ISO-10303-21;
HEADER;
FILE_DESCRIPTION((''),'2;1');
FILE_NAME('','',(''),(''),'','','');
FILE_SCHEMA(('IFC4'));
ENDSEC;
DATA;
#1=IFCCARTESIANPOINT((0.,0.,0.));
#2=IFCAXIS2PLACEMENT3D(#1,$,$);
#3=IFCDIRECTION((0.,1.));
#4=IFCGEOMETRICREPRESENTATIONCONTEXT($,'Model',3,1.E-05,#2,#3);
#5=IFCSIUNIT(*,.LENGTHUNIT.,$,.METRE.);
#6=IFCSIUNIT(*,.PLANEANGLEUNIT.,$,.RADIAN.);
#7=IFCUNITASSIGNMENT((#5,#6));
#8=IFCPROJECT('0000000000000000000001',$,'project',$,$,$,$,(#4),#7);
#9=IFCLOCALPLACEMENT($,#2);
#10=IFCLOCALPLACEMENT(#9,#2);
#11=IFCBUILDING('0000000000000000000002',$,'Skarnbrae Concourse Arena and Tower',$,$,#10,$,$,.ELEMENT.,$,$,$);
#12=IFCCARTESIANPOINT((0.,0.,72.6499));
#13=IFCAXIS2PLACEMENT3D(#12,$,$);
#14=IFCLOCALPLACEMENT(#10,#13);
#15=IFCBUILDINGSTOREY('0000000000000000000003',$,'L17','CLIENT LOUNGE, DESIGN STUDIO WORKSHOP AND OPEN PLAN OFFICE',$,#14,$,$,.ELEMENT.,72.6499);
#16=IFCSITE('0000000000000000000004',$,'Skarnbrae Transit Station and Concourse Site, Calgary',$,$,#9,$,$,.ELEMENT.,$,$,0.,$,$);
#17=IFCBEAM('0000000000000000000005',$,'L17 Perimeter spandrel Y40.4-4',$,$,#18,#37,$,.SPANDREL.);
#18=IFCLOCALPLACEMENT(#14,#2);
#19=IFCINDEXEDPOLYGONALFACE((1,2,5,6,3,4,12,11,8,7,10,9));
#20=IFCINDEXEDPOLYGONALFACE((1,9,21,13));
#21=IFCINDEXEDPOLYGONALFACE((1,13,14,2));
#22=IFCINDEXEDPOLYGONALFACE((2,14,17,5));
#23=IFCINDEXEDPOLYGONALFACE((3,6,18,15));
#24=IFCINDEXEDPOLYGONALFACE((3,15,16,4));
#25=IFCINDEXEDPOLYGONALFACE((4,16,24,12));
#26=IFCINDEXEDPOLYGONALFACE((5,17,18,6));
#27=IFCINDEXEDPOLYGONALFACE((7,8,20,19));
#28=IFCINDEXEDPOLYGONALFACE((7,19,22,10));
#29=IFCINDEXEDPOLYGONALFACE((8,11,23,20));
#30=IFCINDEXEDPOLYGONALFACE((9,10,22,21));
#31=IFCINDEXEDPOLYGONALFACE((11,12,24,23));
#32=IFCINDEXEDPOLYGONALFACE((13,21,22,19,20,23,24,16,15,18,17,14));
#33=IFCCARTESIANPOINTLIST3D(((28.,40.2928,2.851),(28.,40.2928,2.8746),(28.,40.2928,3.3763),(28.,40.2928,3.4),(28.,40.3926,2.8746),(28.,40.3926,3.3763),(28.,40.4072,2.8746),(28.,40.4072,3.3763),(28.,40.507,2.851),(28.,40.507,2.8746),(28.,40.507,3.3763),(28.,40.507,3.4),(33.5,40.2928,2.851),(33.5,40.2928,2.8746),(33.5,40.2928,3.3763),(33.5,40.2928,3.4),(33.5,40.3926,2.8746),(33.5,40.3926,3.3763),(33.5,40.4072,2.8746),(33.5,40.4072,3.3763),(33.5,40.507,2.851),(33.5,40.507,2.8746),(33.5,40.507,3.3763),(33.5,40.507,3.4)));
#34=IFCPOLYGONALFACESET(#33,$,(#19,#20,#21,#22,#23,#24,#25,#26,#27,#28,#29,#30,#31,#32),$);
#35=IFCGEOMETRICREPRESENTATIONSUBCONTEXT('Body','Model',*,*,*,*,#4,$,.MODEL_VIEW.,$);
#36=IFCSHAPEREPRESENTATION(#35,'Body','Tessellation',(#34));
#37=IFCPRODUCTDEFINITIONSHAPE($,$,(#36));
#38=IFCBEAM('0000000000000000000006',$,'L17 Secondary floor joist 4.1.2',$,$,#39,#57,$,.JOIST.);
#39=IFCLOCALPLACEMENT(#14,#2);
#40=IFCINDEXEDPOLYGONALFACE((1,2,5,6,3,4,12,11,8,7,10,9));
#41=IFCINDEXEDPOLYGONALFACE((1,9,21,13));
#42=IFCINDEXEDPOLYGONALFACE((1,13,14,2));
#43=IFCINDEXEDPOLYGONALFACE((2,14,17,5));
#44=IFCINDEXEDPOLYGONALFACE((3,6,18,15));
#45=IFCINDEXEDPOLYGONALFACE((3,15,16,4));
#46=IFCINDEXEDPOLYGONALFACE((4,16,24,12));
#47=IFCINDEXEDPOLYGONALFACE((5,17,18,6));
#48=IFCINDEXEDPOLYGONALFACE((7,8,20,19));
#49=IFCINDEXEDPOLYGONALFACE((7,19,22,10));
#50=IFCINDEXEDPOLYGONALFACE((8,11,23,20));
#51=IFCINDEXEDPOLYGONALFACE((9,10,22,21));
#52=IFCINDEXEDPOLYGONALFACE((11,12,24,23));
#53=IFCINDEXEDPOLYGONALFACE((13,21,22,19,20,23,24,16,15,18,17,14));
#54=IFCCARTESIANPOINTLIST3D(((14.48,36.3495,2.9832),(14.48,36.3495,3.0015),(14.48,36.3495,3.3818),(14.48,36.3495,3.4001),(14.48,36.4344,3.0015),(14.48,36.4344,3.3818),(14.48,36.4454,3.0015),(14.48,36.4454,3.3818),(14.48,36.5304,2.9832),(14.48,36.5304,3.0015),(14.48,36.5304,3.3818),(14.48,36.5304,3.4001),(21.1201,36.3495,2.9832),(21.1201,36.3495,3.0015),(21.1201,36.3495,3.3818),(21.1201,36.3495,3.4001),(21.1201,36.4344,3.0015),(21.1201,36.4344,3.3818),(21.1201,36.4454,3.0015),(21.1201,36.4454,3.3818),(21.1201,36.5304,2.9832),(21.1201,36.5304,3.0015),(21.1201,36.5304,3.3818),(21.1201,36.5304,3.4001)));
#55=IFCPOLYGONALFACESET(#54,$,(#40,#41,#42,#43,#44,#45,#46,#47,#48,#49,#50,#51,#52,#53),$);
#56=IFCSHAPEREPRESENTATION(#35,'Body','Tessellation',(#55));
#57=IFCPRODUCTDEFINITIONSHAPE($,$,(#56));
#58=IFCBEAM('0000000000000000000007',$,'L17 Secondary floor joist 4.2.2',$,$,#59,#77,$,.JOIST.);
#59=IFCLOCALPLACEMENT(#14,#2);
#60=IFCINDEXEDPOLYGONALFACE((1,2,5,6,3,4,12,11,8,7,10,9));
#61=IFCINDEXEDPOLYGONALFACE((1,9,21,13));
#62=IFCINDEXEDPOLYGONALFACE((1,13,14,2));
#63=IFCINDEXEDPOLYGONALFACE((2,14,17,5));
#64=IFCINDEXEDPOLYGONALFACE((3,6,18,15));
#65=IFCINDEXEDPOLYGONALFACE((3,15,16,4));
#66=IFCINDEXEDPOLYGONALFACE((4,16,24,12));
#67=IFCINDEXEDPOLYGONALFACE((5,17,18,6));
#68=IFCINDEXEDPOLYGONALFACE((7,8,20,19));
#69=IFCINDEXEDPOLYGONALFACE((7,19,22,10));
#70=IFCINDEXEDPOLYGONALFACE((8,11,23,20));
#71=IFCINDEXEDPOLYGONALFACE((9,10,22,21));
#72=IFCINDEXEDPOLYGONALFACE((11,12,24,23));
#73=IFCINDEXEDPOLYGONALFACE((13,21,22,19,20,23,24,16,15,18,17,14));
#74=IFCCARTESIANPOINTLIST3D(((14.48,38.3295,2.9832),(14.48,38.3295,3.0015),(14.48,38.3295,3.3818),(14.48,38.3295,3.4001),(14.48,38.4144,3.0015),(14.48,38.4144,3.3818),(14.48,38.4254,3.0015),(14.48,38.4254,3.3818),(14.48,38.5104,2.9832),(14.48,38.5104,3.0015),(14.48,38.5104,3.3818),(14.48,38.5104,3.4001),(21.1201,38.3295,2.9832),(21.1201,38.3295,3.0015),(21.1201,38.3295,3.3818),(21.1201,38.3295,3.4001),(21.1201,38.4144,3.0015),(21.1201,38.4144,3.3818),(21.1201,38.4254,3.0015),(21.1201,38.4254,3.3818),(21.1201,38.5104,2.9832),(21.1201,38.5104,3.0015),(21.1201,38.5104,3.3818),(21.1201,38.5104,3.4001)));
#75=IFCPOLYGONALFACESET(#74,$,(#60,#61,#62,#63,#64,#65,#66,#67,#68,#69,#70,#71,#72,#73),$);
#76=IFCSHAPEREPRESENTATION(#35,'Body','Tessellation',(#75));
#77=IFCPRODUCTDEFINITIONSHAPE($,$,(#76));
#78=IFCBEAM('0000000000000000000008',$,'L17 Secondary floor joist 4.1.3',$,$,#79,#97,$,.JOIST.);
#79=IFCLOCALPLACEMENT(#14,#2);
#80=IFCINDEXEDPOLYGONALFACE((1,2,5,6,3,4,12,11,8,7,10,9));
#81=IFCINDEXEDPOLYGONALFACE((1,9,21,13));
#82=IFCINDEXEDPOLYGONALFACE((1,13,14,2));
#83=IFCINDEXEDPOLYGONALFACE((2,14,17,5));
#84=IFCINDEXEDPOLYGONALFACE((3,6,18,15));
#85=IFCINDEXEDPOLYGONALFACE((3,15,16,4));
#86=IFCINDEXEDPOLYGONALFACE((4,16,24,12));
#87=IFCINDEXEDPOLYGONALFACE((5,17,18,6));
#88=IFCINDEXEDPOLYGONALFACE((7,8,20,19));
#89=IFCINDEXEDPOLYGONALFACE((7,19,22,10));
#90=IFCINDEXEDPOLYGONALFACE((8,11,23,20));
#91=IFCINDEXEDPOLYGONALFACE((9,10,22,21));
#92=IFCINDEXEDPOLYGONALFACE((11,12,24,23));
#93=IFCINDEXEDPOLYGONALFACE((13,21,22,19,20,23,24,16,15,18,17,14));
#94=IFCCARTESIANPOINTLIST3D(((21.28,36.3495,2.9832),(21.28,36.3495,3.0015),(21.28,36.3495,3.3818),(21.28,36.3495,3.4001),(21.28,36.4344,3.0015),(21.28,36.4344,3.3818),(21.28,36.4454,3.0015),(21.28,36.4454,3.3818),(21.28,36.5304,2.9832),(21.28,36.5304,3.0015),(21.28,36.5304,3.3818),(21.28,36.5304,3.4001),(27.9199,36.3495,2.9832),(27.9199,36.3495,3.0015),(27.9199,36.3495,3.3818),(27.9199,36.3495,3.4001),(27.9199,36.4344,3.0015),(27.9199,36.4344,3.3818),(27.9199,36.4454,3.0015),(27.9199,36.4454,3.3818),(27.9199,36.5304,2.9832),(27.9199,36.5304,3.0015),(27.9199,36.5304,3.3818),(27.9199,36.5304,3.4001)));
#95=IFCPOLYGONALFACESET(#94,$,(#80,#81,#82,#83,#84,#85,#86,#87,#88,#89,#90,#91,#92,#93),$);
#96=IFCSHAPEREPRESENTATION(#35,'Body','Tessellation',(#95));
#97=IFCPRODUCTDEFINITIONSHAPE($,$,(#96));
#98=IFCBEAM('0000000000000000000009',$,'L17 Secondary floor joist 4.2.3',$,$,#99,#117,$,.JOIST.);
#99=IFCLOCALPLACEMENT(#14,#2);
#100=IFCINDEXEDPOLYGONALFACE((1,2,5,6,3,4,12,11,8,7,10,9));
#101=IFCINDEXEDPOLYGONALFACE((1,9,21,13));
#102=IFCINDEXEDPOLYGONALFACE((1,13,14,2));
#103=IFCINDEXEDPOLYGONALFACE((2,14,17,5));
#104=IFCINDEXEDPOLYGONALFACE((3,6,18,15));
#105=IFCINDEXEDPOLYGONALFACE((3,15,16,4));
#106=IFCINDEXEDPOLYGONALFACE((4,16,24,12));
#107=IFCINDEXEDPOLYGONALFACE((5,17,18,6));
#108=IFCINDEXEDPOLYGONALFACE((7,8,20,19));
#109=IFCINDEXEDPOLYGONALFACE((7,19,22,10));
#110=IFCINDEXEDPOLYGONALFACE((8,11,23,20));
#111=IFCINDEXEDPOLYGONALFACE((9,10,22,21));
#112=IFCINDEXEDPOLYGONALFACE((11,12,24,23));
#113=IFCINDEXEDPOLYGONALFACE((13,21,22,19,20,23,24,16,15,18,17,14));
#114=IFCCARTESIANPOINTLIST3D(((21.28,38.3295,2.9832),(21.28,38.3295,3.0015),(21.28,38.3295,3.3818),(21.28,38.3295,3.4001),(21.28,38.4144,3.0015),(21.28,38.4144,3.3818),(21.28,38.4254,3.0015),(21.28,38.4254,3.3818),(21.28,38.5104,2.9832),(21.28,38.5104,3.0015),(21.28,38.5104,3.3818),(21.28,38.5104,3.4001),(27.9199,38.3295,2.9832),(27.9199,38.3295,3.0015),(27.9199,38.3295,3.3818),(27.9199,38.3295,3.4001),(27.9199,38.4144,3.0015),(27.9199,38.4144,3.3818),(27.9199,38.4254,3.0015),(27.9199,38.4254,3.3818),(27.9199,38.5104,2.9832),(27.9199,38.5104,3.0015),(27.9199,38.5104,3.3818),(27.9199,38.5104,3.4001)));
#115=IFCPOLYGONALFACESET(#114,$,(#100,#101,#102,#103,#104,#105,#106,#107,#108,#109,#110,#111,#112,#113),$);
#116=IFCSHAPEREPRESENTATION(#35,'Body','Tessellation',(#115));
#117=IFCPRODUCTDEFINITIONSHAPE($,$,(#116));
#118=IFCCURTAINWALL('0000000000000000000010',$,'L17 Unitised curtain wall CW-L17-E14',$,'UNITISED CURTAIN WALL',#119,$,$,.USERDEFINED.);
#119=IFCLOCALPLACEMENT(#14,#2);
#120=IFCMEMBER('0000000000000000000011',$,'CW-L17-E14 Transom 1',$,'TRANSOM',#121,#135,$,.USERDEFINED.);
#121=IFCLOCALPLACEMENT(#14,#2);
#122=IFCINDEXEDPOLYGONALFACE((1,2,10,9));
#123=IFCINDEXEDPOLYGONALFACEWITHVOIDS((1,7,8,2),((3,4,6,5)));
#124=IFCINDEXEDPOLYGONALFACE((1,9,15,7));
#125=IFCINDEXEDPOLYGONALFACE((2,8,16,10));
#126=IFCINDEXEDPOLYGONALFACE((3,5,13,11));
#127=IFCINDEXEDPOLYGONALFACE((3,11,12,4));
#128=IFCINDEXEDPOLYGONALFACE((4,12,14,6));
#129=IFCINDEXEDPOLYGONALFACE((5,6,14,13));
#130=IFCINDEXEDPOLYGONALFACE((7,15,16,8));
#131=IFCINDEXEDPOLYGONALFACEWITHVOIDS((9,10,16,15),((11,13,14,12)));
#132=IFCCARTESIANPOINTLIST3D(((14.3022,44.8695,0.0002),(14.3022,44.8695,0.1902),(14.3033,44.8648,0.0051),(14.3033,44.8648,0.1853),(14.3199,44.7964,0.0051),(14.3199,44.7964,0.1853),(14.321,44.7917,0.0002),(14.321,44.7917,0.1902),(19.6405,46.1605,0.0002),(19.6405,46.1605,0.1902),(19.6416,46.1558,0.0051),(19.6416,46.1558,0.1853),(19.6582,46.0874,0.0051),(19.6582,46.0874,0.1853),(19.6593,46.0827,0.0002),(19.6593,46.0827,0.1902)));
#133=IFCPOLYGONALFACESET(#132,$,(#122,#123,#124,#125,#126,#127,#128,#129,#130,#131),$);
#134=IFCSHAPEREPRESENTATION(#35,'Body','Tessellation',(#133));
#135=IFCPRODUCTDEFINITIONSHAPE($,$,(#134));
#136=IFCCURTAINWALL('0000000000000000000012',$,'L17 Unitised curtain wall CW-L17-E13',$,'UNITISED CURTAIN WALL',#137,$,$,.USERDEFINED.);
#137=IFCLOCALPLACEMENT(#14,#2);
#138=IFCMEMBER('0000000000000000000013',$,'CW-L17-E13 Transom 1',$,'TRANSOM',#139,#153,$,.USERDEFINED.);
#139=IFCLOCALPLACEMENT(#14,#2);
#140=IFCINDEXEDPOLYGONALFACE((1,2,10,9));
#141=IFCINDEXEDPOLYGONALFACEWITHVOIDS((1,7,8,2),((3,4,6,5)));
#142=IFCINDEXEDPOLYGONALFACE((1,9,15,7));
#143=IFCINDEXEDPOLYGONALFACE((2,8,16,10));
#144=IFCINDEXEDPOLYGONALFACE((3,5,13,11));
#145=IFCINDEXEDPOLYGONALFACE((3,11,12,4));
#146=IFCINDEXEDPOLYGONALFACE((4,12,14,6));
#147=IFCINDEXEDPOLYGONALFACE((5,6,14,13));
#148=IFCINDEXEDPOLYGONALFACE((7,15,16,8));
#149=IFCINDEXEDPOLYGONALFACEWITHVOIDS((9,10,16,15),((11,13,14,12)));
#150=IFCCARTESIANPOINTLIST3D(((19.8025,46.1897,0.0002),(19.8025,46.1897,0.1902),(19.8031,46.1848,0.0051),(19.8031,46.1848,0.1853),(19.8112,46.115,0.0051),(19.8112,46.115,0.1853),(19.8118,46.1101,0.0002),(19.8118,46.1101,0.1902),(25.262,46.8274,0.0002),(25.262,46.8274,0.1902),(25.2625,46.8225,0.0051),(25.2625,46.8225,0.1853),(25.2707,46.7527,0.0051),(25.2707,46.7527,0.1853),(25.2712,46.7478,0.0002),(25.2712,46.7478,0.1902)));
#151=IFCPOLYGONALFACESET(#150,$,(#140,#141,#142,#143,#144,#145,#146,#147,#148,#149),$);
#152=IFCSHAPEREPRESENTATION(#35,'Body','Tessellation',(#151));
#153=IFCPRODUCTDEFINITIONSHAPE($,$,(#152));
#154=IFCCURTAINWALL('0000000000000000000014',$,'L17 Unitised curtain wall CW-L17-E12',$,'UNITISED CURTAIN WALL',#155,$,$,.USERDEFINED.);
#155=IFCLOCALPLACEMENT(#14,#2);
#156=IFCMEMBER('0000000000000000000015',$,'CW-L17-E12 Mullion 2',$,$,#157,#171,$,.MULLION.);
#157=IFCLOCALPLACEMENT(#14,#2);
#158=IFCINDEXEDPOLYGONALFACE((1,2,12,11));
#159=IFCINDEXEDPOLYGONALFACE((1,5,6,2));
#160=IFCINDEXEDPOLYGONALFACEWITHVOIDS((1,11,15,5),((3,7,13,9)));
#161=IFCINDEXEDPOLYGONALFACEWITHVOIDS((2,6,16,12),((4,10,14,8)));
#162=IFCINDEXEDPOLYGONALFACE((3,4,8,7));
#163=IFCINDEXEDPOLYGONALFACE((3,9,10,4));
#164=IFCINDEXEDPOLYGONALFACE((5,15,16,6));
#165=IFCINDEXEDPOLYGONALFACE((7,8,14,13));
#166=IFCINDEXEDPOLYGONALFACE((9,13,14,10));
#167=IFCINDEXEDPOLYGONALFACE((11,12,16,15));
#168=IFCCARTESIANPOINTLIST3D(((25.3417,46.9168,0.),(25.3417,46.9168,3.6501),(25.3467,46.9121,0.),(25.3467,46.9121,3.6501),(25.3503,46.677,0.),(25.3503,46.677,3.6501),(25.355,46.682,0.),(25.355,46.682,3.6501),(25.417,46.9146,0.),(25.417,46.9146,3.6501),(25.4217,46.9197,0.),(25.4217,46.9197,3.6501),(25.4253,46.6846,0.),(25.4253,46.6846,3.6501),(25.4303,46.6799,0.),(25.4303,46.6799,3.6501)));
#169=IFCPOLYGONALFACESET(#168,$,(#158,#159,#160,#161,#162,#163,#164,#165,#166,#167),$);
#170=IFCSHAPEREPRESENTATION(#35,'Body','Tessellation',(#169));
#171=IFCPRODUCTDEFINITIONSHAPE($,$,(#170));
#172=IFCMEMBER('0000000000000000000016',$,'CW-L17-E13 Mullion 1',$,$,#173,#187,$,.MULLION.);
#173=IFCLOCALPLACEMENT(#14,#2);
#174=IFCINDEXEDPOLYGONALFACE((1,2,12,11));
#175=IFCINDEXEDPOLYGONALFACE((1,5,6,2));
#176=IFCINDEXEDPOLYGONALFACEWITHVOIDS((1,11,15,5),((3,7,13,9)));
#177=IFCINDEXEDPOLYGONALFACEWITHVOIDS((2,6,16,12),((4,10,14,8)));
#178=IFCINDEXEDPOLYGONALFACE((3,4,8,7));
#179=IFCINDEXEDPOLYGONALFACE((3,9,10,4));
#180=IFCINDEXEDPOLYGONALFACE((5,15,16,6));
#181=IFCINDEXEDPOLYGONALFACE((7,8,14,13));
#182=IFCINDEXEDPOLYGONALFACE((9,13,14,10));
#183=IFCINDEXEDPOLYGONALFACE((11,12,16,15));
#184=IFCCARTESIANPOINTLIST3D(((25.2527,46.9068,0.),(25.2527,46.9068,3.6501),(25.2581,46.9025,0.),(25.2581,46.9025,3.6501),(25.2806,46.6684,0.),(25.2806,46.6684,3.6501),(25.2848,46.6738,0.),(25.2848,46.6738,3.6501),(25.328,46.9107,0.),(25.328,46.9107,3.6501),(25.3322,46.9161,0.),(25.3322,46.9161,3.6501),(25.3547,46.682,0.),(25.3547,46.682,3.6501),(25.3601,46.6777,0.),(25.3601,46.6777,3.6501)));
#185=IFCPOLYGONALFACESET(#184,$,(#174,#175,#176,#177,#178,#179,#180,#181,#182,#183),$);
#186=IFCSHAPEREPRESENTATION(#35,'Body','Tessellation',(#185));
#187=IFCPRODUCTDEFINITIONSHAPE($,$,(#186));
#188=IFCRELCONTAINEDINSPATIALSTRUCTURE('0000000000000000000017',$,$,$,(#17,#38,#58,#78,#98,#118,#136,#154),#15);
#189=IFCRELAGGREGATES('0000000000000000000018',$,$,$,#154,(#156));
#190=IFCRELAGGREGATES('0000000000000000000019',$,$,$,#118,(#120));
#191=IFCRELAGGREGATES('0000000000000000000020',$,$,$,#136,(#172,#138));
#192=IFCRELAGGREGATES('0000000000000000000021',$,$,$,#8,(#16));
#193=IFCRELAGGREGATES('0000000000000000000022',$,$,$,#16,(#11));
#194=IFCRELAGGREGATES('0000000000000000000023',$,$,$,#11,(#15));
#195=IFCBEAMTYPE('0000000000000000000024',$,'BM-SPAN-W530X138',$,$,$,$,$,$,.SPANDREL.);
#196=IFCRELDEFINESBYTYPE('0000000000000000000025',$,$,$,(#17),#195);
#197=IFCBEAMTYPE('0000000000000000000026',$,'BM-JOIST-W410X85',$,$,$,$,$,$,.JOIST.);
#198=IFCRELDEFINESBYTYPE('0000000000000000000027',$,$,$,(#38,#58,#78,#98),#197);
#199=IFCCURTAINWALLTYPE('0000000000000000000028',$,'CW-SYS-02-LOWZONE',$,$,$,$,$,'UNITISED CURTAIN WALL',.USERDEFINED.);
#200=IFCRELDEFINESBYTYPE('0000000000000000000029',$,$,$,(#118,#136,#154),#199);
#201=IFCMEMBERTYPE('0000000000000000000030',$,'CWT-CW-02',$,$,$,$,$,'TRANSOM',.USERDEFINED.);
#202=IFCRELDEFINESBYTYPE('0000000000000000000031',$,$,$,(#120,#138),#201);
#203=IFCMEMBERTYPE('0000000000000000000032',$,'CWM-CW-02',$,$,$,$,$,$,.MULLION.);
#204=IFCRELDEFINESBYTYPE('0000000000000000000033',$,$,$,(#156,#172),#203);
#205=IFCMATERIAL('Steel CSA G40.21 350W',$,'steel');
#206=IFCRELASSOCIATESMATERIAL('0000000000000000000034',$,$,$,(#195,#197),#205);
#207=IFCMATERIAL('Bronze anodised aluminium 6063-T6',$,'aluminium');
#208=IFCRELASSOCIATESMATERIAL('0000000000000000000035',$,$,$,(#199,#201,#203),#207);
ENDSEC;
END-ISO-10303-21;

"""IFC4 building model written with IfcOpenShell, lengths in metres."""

from ifc_helpers import new_model, si_unit, direction, frame, origin, origin_2d, place, context, subcontext, project, spatial, hollow_rectangle, i_section, extrude, source, transform, mapped, material, material_profile, profile_set, type_object, element, aggregate, save


model = new_model("IFC4")

# Units and contexts
model_context = context("Model", 3, precision=1e-05, world=origin(), true_north=direction((0.0, 1.0)))
body_context = subcontext(model_context, "Body", "Model", "MODEL_VIEW")
ifc_project = project(units=[si_unit("LENGTHUNIT", "METRE"), si_unit("PLANEANGLEUNIT", "RADIAN")], contexts=[model_context])

# Site, building, storey
site_placement = place(None, origin())
site = spatial("IfcSite", under=ifc_project, at=site_placement, Name="Skarnbrae Transit Station and Concourse Site, Calgary", CompositionType="ELEMENT", RefElevation=0.0)
building_placement = place(site_placement, origin())
building = spatial("IfcBuilding", under=site, at=building_placement, Name="Skarnbrae Concourse Arena and Tower", CompositionType="ELEMENT")
storey_placement = place(building_placement, frame((0.0, 0.0, 72.6499)))
storey = spatial("IfcBuildingStorey", under=building, at=storey_placement, Name="L17", Description="CLIENT LOUNGE, DESIGN STUDIO WORKSHOP AND OPEN PLAN OFFICE", CompositionType="ELEMENT", Elevation=72.6499)

# Shared definitions
ifc_material_1 = material(Name="Steel CSA G40.21 350W", Category="steel")

# Beams
ifc_material_profile_1 = material_profile(ifc_material_1, i_section(OverallWidth=0.2141, OverallDepth=0.5491, WebThickness=0.0146, FlangeThickness=0.0237, at=origin_2d()), Name="W530X138")
ifc_profile_set_1 = profile_set([ifc_material_profile_1], Name="Steel CSA G40.21 350W")
beam_type_1 = type_object("IfcBeamType", Name="BM-SPAN-W530X138", PredefinedType="SPANDREL", material=ifc_profile_set_1)
shared_shape_1 = source(origin(), body_context, "Body", "SweptSolid", [
    extrude(i_section(OverallWidth=0.2141, OverallDepth=0.5491, WebThickness=0.0146, FlangeThickness=0.0237, at=origin_2d()), origin(), (0.0, 0.0, 1.0), 5.5),
])
beam_1_placement = place(storey_placement, frame((28.0, 40.3999, 3.1255), z_axis=(1.0, 0.0, 0.0), x_axis=(0.0, 1.0, 0.0)))
element("IfcBeam", 1, at=beam_1_placement, inside=storey, type_object=beam_type_1, Name="L17 Perimeter spandrel Y40.4-4", PredefinedType="SPANDREL", context=body_context, shape_type="MappedRepresentation", body=[
    mapped(shared_shape_1, transform((0.0, 0.0, 0.0))),
])
ifc_material_profile_2 = material_profile(ifc_material_1, i_section(OverallWidth=0.1809, OverallDepth=0.417, WebThickness=0.011, FlangeThickness=0.0183, at=origin_2d()), Name="W410X85")
ifc_profile_set_2 = profile_set([ifc_material_profile_2], Name="Steel CSA G40.21 350W")
beam_type_2 = type_object("IfcBeamType", Name="BM-JOIST-W410X85", PredefinedType="JOIST", material=ifc_profile_set_2)
shared_shape_2 = source(origin(), body_context, "Body", "SweptSolid", [
    extrude(i_section(OverallWidth=0.1809, OverallDepth=0.417, WebThickness=0.011, FlangeThickness=0.0183, at=origin_2d()), origin(), (0.0, 0.0, 1.0), 6.6401),
])
for number, where, z_axis, x_axis, name in (
    (2, (14.48, 36.4399, 3.1917), (1.0, 0.0, 0.0), (0.0, 1.0, 0.0), "L17 Secondary floor joist 4.1.2"),
    (3, (14.48, 38.4199, 3.1917), (1.0, 0.0, 0.0), (0.0, 1.0, 0.0), "L17 Secondary floor joist 4.2.2"),
):
    element("IfcBeam", number, at=place(storey_placement, frame(where, z_axis=z_axis, x_axis=x_axis)), inside=storey, type_object=beam_type_2, Name=name, PredefinedType="JOIST", context=body_context, shape_type="MappedRepresentation", body=[
        mapped(shared_shape_2, transform((0.0, 0.0, 0.0))),
    ])
shared_shape_3 = source(origin(), body_context, "Body", "SweptSolid", [
    extrude(i_section(OverallWidth=0.1809, OverallDepth=0.417, WebThickness=0.011, FlangeThickness=0.0183, at=origin_2d()), origin(), (0.0, 0.0, 1.0), 6.6399),
])
for number, where, z_axis, x_axis, name in (
    (4, (21.28, 36.4399, 3.1917), (1.0, 0.0, 0.0), (0.0, 1.0, 0.0), "L17 Secondary floor joist 4.1.3"),
    (5, (21.28, 38.4199, 3.1917), (1.0, 0.0, 0.0), (0.0, 1.0, 0.0), "L17 Secondary floor joist 4.2.3"),
):
    element("IfcBeam", number, at=place(storey_placement, frame(where, z_axis=z_axis, x_axis=x_axis)), inside=storey, type_object=beam_type_2, Name=name, PredefinedType="JOIST", context=body_context, shape_type="MappedRepresentation", body=[
        mapped(shared_shape_3, transform((0.0, 0.0, 0.0))),
    ])

# Curtain walls, members
ifc_material_2 = material(Name="Bronze anodised aluminium 6063-T6", Category="aluminium")
curtain_wall_type = type_object("IfcCurtainWallType", Name="CW-SYS-02-LOWZONE", ElementType="UNITISED CURTAIN WALL", PredefinedType="USERDEFINED", material=ifc_material_2)
curtain_wall_1_placement = place(storey_placement, origin())
curtain_wall_1 = element("IfcCurtainWall", 6, at=curtain_wall_1_placement, inside=storey, type_object=curtain_wall_type, Name="L17 Unitised curtain wall CW-L17-E14", ObjectType="UNITISED CURTAIN WALL", PredefinedType="USERDEFINED")
ifc_material_profile_3 = material_profile(ifc_material_2, hollow_rectangle(XDim=0.0801, YDim=0.1899, WallThickness=0.0049, at=origin_2d()), Name="ALU-TRAN-80X190")
ifc_profile_set_3 = profile_set([ifc_material_profile_3], Name="Bronze anodised aluminium 6063-T6")
member_type_1 = type_object("IfcMemberType", Name="CWT-CW-02", ElementType="TRANSOM", PredefinedType="USERDEFINED", material=ifc_profile_set_3)
shared_shape_4 = source(origin(), body_context, "Body", "SweptSolid", [
    extrude(hollow_rectangle(XDim=0.0801, YDim=0.1899, WallThickness=0.0049, at=origin_2d()), origin(), (0.0, 0.0, 1.0), 5.4922),
])
member_1_placement = place(storey_placement, frame((19.6499, 46.1216, 0.0952), z_axis=(-0.971981, -0.235061, 0.0), x_axis=(0.235061, -0.971981, 0.0)))
member_1 = element("IfcMember", 7, at=member_1_placement, type_object=member_type_1, Name="CW-L17-E14 Transom 1", ObjectType="TRANSOM", PredefinedType="USERDEFINED", context=body_context, shape_type="MappedRepresentation", body=[
    mapped(shared_shape_4, transform((0.0, 0.0, 0.0))),
])
curtain_wall_2_placement = place(storey_placement, origin())
curtain_wall_2 = element("IfcCurtainWall", 8, at=curtain_wall_2_placement, inside=storey, type_object=curtain_wall_type, Name="L17 Unitised curtain wall CW-L17-E13", ObjectType="UNITISED CURTAIN WALL", PredefinedType="USERDEFINED")
shared_shape_5 = source(origin(), body_context, "Body", "SweptSolid", [
    extrude(hollow_rectangle(XDim=0.0801, YDim=0.1899, WallThickness=0.0049, at=origin_2d()), origin(), (0.0, 0.0, 1.0), 5.4966),
])
member_2_placement = place(storey_placement, frame((25.2666, 46.7876, 0.0952), z_axis=(-0.993247, -0.116017, 0.0), x_axis=(0.116017, -0.993247, 0.0)))
member_2 = element("IfcMember", 9, at=member_2_placement, type_object=member_type_1, Name="CW-L17-E13 Transom 1", ObjectType="TRANSOM", PredefinedType="USERDEFINED", context=body_context, shape_type="MappedRepresentation", body=[
    mapped(shared_shape_5, transform((0.0, 0.0, 0.0))),
])
curtain_wall_3_placement = place(storey_placement, origin())
curtain_wall_3 = element("IfcCurtainWall", 10, at=curtain_wall_3_placement, inside=storey, type_object=curtain_wall_type, Name="L17 Unitised curtain wall CW-L17-E12", ObjectType="UNITISED CURTAIN WALL", PredefinedType="USERDEFINED")
ifc_material_profile_4 = material_profile(ifc_material_2, hollow_rectangle(XDim=0.0801, YDim=0.24, WallThickness=0.0049, at=origin_2d()), Name="ALU-MULL-80X240")
ifc_profile_set_4 = profile_set([ifc_material_profile_4], Name="Bronze anodised aluminium 6063-T6")
member_type_2 = type_object("IfcMemberType", Name="CWM-CW-02", PredefinedType="MULLION", material=ifc_profile_set_4)
shared_shape_6 = source(origin(), body_context, "Body", "SweptSolid", [
    extrude(hollow_rectangle(XDim=0.0801, YDim=0.24, WallThickness=0.0049, at=origin_2d()), origin(), (0.0, 0.0, 1.0), 3.6501),
])
member_3_placement = place(storey_placement, frame((25.386, 46.7983, 0.0), z_axis=(0.0, 0.0, 1.0), x_axis=(-0.999355, -0.035899, 0.0)))
member_3 = element("IfcMember", 11, at=member_3_placement, type_object=member_type_2, Name="CW-L17-E12 Mullion 2", PredefinedType="MULLION", context=body_context, shape_type="MappedRepresentation", body=[
    mapped(shared_shape_6, transform((0.0, 0.0, 0.0))),
])
aggregate(curtain_wall_3, [member_3])

# Member
member_4_placement = place(storey_placement, frame((25.3064, 46.7922, 0.0), z_axis=(0.0, 0.0, 1.0), x_axis=(-0.993245, -0.11604, 0.0)))
member_4 = element("IfcMember", 12, at=member_4_placement, type_object=member_type_2, Name="CW-L17-E13 Mullion 1", PredefinedType="MULLION", context=body_context, shape_type="MappedRepresentation", body=[
    mapped(shared_shape_6, transform((0.0, 0.0, 0.0))),
])

aggregate(curtain_wall_1, [member_1])
aggregate(curtain_wall_2, [member_4, member_2])

save(model, "model.ifc")
